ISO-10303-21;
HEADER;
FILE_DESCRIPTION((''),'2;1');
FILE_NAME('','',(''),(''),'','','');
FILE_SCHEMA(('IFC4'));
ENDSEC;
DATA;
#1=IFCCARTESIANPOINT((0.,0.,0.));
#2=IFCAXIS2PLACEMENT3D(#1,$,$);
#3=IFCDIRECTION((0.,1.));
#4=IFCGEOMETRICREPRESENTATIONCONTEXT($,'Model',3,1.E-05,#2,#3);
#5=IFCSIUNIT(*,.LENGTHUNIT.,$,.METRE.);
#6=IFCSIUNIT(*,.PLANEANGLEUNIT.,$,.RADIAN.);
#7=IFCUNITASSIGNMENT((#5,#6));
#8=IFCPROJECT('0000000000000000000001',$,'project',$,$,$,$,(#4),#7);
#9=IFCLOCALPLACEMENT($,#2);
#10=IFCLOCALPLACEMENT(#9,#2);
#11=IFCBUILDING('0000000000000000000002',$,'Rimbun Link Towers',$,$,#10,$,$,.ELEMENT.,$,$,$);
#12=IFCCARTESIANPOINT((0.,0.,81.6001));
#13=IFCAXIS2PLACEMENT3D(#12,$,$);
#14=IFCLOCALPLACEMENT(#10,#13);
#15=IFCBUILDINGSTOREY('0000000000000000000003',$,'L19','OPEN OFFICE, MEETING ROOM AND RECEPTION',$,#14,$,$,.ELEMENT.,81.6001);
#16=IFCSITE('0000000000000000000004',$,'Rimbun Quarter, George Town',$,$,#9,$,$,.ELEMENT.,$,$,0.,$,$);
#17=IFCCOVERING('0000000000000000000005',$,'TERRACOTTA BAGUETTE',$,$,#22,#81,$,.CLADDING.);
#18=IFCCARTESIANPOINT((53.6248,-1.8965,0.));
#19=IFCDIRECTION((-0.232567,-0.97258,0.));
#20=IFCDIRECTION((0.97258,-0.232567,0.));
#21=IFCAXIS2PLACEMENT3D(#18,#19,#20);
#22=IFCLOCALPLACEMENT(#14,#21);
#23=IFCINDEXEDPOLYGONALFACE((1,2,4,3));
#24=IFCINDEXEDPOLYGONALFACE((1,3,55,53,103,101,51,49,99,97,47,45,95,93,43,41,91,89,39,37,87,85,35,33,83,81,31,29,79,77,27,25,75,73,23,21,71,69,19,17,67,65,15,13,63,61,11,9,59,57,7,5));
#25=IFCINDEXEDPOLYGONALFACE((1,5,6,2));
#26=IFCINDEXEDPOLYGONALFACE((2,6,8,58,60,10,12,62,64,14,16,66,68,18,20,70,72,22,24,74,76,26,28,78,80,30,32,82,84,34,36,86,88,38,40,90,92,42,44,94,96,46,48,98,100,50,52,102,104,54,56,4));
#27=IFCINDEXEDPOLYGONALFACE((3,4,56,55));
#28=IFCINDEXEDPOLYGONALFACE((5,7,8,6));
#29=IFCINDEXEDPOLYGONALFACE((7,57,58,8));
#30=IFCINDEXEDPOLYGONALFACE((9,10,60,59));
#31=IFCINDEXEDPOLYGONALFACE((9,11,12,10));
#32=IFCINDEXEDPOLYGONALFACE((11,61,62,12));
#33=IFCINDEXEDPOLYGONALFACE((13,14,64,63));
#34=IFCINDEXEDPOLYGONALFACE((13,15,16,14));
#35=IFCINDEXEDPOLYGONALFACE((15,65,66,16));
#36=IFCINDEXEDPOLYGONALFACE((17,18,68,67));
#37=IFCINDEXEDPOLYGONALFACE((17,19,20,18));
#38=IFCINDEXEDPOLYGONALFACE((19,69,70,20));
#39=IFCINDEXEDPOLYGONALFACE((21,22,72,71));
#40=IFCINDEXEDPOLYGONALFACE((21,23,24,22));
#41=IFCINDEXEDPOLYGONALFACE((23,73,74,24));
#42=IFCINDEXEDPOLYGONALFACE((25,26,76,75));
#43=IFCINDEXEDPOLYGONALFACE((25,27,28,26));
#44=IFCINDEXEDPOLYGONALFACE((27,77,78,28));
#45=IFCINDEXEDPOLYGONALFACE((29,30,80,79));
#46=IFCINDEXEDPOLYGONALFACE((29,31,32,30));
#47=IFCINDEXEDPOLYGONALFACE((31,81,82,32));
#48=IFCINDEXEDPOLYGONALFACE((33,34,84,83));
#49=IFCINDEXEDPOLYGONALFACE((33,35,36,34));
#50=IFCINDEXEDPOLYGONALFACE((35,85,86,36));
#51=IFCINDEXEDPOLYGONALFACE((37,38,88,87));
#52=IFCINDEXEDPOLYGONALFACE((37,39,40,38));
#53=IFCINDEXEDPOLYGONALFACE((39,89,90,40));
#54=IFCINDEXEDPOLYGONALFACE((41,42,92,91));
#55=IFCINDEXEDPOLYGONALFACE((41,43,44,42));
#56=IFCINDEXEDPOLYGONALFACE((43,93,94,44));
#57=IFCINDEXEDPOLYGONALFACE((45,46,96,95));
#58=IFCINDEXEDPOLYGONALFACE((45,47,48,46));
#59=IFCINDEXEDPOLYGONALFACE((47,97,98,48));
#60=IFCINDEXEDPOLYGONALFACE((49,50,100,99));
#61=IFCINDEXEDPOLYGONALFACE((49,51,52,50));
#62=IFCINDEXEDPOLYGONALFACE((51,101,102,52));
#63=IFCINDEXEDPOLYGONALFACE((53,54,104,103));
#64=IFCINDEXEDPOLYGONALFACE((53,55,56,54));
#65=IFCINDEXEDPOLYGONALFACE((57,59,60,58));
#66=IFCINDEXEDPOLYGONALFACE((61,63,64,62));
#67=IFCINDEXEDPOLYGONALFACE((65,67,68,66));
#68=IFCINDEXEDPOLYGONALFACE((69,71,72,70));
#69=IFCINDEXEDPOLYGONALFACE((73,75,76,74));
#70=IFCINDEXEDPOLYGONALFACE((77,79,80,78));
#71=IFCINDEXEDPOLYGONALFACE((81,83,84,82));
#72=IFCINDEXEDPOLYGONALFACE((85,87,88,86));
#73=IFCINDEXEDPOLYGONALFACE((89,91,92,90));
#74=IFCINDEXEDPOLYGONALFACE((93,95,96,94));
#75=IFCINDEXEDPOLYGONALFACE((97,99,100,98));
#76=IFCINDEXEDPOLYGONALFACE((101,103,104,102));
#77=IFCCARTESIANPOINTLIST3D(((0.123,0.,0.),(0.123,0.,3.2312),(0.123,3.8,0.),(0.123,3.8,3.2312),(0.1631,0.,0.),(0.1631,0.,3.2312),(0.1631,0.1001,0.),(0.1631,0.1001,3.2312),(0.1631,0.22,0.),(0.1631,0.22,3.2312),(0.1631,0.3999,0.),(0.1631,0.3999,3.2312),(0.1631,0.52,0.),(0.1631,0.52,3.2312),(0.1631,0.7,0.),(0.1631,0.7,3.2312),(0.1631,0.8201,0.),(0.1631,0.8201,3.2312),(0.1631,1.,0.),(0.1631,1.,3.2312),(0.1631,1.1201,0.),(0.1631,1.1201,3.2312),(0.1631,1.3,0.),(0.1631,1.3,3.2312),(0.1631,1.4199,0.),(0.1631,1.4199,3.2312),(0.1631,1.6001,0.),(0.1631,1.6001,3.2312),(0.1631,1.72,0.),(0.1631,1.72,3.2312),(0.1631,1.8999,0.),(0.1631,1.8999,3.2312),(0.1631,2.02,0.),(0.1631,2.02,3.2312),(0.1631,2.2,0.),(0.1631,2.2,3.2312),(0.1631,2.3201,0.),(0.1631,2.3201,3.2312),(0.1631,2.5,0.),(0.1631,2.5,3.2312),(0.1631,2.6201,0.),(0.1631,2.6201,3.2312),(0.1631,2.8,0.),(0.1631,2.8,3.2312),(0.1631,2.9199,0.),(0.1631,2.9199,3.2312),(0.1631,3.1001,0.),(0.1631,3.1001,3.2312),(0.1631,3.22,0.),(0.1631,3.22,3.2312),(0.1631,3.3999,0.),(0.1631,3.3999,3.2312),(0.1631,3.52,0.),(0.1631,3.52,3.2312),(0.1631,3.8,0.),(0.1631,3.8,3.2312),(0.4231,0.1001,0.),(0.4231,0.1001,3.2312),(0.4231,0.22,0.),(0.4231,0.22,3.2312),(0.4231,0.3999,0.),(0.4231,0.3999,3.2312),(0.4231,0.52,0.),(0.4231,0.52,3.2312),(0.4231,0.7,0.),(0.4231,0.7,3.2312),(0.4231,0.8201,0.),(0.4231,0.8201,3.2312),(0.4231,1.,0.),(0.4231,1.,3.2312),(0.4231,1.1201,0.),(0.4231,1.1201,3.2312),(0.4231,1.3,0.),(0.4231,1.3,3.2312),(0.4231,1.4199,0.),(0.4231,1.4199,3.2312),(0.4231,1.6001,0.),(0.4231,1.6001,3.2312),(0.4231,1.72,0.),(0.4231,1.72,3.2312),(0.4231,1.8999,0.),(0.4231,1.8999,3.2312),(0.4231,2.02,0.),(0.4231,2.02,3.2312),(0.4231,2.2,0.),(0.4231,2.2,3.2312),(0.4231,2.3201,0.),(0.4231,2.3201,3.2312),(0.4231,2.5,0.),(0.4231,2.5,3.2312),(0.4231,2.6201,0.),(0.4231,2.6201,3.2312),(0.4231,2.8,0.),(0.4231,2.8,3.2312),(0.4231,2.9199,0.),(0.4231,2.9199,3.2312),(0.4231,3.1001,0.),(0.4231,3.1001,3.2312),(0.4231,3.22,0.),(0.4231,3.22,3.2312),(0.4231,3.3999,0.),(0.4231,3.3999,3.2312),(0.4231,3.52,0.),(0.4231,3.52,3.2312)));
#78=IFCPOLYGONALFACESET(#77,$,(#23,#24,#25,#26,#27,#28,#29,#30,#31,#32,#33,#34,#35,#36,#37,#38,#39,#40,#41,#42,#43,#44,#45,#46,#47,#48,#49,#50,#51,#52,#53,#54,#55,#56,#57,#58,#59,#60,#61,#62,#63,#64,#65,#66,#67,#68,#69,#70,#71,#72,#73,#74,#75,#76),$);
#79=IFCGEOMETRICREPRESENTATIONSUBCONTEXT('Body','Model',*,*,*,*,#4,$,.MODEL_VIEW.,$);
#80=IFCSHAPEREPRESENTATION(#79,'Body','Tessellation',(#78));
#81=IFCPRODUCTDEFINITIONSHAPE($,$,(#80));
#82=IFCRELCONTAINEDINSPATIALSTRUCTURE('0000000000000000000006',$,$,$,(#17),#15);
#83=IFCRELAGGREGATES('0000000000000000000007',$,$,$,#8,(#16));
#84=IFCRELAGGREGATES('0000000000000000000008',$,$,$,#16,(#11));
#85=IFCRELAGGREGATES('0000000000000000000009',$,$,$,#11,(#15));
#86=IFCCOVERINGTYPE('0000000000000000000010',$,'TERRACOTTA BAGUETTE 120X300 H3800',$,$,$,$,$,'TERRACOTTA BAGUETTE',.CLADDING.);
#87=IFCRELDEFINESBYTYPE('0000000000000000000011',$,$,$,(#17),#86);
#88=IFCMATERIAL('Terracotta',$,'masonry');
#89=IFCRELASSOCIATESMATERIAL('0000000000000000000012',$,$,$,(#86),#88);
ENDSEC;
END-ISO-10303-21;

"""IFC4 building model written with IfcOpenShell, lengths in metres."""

from ifc_helpers import new_model, si_unit, direction, frame, origin, place, context, subcontext, project, spatial, polyline, outline, extrude, material, material_profile, profile_set, type_object, element, save


model = new_model("IFC4")

# Units and contexts
model_context = context("Model", 3, precision=1e-05, world=origin(), true_north=direction((0.0, 1.0)))
body_context = subcontext(model_context, "Body", "Model", "MODEL_VIEW")
ifc_project = project(units=[si_unit("LENGTHUNIT", "METRE"), si_unit("PLANEANGLEUNIT", "RADIAN")], contexts=[model_context])

# Site, building, storey
site_placement = place(None, origin())
site = spatial("IfcSite", under=ifc_project, at=site_placement, Name="Rimbun Quarter, George Town", CompositionType="ELEMENT", RefElevation=0.0)
building_placement = place(site_placement, origin())
building = spatial("IfcBuilding", under=site, at=building_placement, Name="Rimbun Link Towers", CompositionType="ELEMENT")
storey_placement = place(building_placement, frame((0.0, 0.0, 81.6001)))
storey = spatial("IfcBuildingStorey", under=building, at=storey_placement, Name="L19", Description="OPEN OFFICE, MEETING ROOM AND RECEPTION", CompositionType="ELEMENT", Elevation=81.6001)

# Covering
ifc_material_1 = material(Name="Terracotta", Category="masonry")
ifc_material_profile_1 = material_profile(ifc_material_1, outline(polyline([(0.123, 0.0), (0.1631, 0.0), (0.1631, 0.1001), (0.4231, 0.1001), (0.4231, 0.22), (0.1631, 0.22), (0.1631, 0.3999), (0.4231, 0.3999), (0.4231, 0.52), (0.1631, 0.52), (0.1631, 0.7), (0.4231, 0.7), (0.4231, 0.8201), (0.1631, 0.8201), (0.1631, 1.0), (0.4231, 1.0), (0.4231, 1.1201), (0.1631, 1.1201), (0.1631, 1.3), (0.4231, 1.3), (0.4231, 1.4199), (0.1631, 1.4199), (0.1631, 1.6001), (0.4231, 1.6001), (0.4231, 1.72), (0.1631, 1.72), (0.1631, 1.8999), (0.4231, 1.8999), (0.4231, 2.02), (0.1631, 2.02), (0.1631, 2.2), (0.4231, 2.2), (0.4231, 2.3201), (0.1631, 2.3201), (0.1631, 2.5), (0.4231, 2.5), (0.4231, 2.6201), (0.1631, 2.6201), (0.1631, 2.8), (0.4231, 2.8), (0.4231, 2.9199), (0.1631, 2.9199), (0.1631, 3.1001), (0.4231, 3.1001), (0.4231, 3.22), (0.1631, 3.22), (0.1631, 3.3999), (0.4231, 3.3999), (0.4231, 3.52), (0.1631, 3.52), (0.1631, 3.8), (0.123, 3.8), (0.123, 0.0)])), Name="BAGUETTE 120X300")
ifc_profile_set_1 = profile_set([ifc_material_profile_1], Name="Terracotta")
covering_type = type_object("IfcCoveringType", Name="TERRACOTTA BAGUETTE 120X300 H3800", ElementType="TERRACOTTA BAGUETTE", PredefinedType="CLADDING", material=ifc_profile_set_1)
covering_placement = place(storey_placement, frame((53.6248, -1.8965, 0.0), z_axis=(-0.232567, -0.97258, 0.0), x_axis=(0.97258, -0.232567, 0.0)))
element("IfcCovering", 1, at=covering_placement, inside=storey, type_object=covering_type, Name="TERRACOTTA BAGUETTE", PredefinedType="CLADDING", context=body_context, shape_type="SweptSolid", body=[
    extrude(outline(polyline([(0.123, 0.0), (0.1631, 0.0), (0.1631, 0.1001), (0.4231, 0.1001), (0.4231, 0.22), (0.1631, 0.22), (0.1631, 0.3999), (0.4231, 0.3999), (0.4231, 0.52), (0.1631, 0.52), (0.1631, 0.7), (0.4231, 0.7), (0.4231, 0.8201), (0.1631, 0.8201), (0.1631, 1.0), (0.4231, 1.0), (0.4231, 1.1201), (0.1631, 1.1201), (0.1631, 1.3), (0.4231, 1.3), (0.4231, 1.4199), (0.1631, 1.4199), (0.1631, 1.6001), (0.4231, 1.6001), (0.4231, 1.72), (0.1631, 1.72), (0.1631, 1.8999), (0.4231, 1.8999), (0.4231, 2.02), (0.1631, 2.02), (0.1631, 2.2), (0.4231, 2.2), (0.4231, 2.3201), (0.1631, 2.3201), (0.1631, 2.5), (0.4231, 2.5), (0.4231, 2.6201), (0.1631, 2.6201), (0.1631, 2.8), (0.4231, 2.8), (0.4231, 2.9199), (0.1631, 2.9199), (0.1631, 3.1001), (0.4231, 3.1001), (0.4231, 3.22), (0.1631, 3.22), (0.1631, 3.3999), (0.4231, 3.3999), (0.4231, 3.52), (0.1631, 3.52), (0.1631, 3.8), (0.123, 3.8), (0.123, 0.0)])), origin(), (0.0, 0.0, 1.0), 3.2312),
])

save(model, "model.ifc")
